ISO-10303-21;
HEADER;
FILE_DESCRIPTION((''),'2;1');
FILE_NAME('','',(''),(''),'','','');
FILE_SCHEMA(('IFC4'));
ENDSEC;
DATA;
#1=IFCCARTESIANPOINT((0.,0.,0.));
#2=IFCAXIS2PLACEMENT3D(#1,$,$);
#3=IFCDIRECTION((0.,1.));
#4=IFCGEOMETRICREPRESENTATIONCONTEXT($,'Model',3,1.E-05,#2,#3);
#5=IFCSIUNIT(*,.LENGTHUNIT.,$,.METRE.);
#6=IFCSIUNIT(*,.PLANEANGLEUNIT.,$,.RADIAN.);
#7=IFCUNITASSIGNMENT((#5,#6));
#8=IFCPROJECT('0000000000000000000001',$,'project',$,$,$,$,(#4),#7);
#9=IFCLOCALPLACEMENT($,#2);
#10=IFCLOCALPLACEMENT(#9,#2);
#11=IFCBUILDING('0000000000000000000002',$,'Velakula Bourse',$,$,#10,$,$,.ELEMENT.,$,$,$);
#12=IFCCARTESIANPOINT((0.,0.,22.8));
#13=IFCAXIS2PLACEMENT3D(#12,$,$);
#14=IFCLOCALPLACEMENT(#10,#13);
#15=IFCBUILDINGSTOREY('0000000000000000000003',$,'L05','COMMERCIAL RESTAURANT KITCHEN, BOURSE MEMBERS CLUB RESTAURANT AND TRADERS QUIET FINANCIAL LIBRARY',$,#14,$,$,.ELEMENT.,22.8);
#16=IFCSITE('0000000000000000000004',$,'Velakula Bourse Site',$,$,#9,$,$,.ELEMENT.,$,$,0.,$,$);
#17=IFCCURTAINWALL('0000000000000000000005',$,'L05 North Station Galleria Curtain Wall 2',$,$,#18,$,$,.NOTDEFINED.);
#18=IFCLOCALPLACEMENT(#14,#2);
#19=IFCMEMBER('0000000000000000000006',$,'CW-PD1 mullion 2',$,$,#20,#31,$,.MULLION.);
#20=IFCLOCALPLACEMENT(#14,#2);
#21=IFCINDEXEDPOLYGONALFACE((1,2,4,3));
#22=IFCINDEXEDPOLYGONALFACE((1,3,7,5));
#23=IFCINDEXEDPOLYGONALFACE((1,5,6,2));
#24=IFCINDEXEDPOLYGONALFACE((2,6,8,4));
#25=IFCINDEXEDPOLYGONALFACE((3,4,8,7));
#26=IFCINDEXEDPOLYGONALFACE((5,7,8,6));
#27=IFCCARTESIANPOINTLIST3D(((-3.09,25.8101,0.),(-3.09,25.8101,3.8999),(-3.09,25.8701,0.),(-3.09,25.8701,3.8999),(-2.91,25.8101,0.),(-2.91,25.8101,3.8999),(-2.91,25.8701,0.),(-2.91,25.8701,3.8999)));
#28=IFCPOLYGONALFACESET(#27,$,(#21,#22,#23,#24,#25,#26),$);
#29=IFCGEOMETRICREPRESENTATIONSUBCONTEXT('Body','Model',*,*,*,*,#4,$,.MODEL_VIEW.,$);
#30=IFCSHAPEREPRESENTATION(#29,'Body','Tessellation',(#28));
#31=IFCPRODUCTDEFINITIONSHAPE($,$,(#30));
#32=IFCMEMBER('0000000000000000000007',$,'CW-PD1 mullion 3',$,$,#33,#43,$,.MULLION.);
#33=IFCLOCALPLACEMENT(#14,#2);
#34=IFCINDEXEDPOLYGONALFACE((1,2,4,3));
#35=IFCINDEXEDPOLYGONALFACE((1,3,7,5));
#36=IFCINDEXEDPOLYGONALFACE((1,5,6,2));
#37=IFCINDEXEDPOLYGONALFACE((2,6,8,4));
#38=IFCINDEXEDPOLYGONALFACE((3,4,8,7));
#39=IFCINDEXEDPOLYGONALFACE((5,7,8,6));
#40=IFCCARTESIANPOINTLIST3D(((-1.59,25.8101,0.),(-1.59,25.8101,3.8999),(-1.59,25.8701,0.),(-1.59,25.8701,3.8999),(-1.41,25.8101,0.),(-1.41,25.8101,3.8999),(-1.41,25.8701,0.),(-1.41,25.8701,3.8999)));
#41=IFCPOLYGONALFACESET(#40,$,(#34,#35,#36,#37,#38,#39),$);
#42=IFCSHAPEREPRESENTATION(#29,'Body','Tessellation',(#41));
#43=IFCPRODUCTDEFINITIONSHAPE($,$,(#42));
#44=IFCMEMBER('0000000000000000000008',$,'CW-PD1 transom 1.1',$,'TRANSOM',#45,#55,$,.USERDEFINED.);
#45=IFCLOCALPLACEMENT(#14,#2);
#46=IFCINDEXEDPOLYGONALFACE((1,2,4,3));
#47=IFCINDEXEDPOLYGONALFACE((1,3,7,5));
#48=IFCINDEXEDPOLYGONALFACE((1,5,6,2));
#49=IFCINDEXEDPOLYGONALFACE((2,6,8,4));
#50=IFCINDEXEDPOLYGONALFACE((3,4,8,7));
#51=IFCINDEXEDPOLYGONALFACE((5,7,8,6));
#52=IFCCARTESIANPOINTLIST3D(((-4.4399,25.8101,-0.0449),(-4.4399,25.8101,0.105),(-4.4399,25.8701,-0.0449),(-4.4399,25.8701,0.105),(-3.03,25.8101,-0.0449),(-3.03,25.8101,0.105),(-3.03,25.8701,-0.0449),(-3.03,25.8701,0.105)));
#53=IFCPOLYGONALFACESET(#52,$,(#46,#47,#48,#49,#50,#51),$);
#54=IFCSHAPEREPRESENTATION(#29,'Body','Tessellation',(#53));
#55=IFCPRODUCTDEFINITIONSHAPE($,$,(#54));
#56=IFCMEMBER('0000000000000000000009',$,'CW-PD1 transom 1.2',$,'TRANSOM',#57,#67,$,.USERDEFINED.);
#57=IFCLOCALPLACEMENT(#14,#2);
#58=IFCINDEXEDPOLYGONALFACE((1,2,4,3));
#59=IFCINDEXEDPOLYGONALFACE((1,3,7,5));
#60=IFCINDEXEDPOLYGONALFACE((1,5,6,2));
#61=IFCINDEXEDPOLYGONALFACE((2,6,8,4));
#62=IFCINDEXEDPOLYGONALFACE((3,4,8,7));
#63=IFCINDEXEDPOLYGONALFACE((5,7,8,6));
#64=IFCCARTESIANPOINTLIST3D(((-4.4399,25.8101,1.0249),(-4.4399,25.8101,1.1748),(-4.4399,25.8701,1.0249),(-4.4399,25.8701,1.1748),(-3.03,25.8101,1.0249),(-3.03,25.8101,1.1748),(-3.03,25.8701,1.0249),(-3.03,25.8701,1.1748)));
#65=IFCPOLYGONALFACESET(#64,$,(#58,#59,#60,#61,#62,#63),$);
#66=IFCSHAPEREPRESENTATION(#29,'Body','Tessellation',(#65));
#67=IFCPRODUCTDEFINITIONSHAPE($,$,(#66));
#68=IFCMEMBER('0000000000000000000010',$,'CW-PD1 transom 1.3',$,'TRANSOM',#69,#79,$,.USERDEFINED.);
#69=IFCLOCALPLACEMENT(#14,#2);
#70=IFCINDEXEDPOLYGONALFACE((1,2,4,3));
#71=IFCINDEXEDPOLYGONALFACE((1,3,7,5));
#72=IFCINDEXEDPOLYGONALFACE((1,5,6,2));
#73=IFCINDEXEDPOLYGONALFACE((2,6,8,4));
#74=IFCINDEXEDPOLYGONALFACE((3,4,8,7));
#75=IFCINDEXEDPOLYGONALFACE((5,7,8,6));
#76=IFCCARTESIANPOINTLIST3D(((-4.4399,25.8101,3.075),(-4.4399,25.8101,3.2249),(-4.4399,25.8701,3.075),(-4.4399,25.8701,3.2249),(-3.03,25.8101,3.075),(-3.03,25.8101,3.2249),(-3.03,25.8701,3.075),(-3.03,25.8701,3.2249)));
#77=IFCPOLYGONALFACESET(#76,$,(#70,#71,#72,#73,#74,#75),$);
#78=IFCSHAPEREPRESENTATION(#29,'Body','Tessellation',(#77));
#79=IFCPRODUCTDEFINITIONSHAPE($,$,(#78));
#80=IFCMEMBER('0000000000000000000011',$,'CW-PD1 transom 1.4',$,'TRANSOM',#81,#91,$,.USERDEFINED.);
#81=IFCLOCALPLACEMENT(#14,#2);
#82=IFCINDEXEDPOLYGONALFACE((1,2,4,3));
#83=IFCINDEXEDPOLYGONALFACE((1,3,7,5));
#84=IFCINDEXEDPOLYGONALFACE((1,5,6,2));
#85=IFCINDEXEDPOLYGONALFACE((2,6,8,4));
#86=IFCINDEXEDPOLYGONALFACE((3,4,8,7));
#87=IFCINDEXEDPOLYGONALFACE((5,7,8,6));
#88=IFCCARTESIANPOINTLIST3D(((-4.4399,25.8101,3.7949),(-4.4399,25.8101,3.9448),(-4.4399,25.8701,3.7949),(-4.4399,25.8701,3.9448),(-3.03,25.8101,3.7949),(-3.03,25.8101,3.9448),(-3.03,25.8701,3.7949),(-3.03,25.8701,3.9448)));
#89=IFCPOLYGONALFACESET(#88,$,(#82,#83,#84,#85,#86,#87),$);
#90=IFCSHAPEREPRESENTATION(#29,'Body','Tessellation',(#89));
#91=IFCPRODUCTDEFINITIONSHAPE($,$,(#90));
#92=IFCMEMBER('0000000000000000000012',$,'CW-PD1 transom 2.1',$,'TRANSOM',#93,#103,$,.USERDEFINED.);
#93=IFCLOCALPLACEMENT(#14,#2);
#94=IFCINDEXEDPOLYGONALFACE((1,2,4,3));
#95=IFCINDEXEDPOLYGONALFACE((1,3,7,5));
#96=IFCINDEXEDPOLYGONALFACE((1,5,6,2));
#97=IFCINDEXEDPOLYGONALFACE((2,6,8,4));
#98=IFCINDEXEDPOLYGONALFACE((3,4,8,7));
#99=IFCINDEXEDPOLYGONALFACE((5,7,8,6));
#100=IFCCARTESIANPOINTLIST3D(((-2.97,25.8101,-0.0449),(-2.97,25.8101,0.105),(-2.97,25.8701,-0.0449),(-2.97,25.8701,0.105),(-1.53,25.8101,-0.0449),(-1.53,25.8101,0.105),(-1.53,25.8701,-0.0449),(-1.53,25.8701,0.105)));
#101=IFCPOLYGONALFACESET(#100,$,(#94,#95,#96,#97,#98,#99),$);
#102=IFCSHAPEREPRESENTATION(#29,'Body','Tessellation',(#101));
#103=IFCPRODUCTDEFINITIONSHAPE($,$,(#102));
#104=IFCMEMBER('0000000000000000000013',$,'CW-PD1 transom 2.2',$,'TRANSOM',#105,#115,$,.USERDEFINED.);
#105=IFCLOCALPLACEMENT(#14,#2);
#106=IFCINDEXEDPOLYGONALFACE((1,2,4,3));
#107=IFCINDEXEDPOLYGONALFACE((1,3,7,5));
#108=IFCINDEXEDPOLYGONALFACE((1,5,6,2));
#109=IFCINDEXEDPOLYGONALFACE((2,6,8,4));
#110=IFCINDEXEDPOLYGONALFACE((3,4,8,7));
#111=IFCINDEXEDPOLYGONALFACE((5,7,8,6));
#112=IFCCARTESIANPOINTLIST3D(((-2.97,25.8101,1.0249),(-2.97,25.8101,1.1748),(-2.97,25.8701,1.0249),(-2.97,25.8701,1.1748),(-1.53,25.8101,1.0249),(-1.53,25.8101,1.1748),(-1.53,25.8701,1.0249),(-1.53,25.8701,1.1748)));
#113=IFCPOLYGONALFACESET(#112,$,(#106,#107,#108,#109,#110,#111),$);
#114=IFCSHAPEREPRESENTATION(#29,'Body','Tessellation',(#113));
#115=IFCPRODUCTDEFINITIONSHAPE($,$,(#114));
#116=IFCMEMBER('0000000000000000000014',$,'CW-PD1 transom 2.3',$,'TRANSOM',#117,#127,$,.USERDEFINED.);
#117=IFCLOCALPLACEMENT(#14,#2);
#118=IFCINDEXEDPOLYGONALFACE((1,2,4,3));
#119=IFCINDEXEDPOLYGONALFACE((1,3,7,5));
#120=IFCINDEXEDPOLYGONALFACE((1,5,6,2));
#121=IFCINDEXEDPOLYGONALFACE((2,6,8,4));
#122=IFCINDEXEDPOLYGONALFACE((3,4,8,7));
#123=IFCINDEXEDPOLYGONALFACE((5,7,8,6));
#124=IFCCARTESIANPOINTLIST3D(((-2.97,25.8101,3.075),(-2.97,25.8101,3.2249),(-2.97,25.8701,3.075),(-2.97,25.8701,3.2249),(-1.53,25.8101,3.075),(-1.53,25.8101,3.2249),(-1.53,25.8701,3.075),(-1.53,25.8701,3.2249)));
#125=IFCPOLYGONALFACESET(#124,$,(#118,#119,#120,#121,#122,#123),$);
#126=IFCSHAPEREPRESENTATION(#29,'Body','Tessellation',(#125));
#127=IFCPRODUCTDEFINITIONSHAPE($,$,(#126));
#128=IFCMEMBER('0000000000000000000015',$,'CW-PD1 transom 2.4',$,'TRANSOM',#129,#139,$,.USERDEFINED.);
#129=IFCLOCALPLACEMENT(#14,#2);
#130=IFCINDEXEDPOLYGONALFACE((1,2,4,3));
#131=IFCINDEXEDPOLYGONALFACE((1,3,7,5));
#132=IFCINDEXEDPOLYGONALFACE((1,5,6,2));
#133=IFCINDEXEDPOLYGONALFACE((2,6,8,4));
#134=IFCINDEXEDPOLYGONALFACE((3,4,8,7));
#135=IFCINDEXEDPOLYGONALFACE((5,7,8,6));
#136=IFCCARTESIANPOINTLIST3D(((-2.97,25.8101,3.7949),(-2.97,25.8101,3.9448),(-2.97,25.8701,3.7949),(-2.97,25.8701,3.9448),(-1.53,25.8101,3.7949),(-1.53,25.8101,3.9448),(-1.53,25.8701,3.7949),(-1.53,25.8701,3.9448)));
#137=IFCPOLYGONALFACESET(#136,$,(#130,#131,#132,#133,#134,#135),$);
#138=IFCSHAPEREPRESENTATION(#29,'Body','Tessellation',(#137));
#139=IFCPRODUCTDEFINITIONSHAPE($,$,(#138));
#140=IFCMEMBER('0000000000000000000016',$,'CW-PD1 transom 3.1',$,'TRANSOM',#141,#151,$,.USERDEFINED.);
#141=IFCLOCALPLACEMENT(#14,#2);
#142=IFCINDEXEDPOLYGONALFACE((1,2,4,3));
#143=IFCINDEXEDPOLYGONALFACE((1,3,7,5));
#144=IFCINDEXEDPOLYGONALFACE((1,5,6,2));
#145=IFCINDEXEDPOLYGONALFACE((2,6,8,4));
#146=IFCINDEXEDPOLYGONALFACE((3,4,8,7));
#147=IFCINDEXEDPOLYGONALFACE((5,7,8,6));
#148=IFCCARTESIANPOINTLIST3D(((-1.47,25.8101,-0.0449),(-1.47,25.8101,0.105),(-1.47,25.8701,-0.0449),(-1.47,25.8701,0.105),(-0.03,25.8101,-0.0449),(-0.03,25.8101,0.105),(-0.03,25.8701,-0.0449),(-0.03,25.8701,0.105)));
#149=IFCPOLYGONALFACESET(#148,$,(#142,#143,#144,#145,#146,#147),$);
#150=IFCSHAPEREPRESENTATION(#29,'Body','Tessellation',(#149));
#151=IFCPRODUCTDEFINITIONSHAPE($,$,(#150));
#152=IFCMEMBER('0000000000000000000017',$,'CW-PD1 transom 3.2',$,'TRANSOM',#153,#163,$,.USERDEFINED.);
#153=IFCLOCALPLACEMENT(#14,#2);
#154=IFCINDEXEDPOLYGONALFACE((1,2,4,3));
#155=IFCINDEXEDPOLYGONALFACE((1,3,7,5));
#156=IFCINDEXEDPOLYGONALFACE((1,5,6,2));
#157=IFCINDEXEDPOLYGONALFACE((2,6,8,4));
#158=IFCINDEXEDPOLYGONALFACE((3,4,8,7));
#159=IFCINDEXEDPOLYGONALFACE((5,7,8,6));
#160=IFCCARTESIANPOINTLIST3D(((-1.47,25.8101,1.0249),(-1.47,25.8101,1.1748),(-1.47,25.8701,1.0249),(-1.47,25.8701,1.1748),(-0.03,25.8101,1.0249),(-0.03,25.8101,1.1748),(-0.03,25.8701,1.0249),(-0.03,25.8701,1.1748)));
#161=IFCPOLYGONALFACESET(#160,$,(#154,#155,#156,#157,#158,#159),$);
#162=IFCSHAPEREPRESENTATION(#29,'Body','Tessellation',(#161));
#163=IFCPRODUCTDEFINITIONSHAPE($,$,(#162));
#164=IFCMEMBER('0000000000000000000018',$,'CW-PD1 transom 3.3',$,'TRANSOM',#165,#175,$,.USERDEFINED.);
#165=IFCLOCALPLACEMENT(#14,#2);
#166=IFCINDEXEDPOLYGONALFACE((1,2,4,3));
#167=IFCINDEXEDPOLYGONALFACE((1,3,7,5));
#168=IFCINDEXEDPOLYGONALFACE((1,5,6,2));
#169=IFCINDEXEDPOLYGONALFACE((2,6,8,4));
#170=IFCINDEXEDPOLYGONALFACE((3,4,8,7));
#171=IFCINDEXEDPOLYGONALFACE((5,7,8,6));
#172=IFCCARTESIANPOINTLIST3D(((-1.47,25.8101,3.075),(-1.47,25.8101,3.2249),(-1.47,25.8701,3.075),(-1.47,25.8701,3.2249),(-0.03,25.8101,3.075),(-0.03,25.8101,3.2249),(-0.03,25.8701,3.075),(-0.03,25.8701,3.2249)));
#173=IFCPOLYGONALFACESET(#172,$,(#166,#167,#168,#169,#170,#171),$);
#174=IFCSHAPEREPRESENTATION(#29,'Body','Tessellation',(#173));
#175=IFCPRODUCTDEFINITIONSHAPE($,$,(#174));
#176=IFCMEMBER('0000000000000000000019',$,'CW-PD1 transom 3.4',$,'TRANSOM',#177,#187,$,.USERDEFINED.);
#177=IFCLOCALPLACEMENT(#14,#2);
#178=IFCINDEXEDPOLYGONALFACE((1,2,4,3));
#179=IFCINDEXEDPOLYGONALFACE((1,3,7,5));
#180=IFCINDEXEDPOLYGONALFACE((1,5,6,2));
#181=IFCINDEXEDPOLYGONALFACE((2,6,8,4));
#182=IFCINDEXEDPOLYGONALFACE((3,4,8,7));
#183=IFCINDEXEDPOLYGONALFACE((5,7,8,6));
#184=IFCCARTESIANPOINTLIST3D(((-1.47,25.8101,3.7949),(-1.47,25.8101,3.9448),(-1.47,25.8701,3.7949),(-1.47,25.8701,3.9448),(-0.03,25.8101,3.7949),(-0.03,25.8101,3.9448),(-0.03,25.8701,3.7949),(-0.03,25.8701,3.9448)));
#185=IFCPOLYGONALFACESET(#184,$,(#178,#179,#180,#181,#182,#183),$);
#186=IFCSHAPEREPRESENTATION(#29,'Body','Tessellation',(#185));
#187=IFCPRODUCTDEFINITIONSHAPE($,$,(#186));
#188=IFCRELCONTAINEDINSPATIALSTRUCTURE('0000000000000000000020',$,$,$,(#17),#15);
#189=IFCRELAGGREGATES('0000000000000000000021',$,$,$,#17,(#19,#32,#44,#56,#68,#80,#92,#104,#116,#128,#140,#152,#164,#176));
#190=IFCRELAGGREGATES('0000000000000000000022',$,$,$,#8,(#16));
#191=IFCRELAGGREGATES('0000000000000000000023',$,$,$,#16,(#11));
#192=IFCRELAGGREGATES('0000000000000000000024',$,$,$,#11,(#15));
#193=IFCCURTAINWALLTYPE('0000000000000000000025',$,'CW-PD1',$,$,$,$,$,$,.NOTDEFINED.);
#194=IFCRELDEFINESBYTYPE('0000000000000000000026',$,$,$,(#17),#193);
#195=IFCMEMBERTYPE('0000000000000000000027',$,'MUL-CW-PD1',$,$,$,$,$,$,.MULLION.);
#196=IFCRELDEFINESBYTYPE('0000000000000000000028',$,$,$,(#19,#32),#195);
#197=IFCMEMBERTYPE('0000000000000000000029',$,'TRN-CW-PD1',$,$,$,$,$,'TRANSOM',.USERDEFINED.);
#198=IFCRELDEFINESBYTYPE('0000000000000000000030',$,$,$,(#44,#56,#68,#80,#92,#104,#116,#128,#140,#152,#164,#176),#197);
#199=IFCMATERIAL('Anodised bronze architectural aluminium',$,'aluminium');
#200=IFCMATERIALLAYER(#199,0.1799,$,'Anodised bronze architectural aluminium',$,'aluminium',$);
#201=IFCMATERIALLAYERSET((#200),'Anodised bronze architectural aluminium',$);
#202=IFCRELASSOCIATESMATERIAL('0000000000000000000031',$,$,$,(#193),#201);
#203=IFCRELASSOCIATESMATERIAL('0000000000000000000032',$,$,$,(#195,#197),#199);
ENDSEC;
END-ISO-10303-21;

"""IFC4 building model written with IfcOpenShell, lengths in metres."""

from ifc_helpers import new_model, si_unit, direction, frame, origin, origin_2d, place, context, subcontext, project, spatial, rectangle, extrude, material, layer, layer_set, material_profile, profile_set, type_object, element, aggregate, save


model = new_model("IFC4")

# Units and contexts
model_context = context("Model", 3, precision=1e-05, world=origin(), true_north=direction((0.0, 1.0)))
body_context = subcontext(model_context, "Body", "Model", "MODEL_VIEW")
ifc_project = project(units=[si_unit("LENGTHUNIT", "METRE"), si_unit("PLANEANGLEUNIT", "RADIAN")], contexts=[model_context])

# Site, building, storey
site_placement = place(None, origin())
site = spatial("IfcSite", under=ifc_project, at=site_placement, Name="Velakula Bourse Site", CompositionType="ELEMENT", RefElevation=0.0)
building_placement = place(site_placement, origin())
building = spatial("IfcBuilding", under=site, at=building_placement, Name="Velakula Bourse", CompositionType="ELEMENT")
storey_placement = place(building_placement, frame((0.0, 0.0, 22.8)))
storey = spatial("IfcBuildingStorey", under=building, at=storey_placement, Name="L05", Description="COMMERCIAL RESTAURANT KITCHEN, BOURSE MEMBERS CLUB RESTAURANT AND TRADERS QUIET FINANCIAL LIBRARY", CompositionType="ELEMENT", Elevation=22.8)

# Curtain wall, members
ifc_material_1 = material(Name="Anodised bronze architectural aluminium", Category="aluminium")
ifc_layer_1 = layer(ifc_material_1, 0.1799, Name="Anodised bronze architectural aluminium", Category="aluminium")
ifc_layer_set_1 = layer_set([ifc_layer_1], Name="Anodised bronze architectural aluminium")
curtain_wall_type = type_object("IfcCurtainWallType", Name="CW-PD1", PredefinedType="NOTDEFINED", material=ifc_layer_set_1)
curtain_wall_placement = place(storey_placement, origin())
curtain_wall = element("IfcCurtainWall", 1, at=curtain_wall_placement, inside=storey, type_object=curtain_wall_type, Name="L05 North Station Galleria Curtain Wall 2", PredefinedType="NOTDEFINED")
ifc_material_profile_1 = material_profile(ifc_material_1, rectangle(XDim=0.0601, YDim=0.1799, at=origin_2d()), Name="Anodised bronze architectural aluminium")
ifc_profile_set_1 = profile_set([ifc_material_profile_1], Name="Anodised bronze architectural aluminium")
member_type_1 = type_object("IfcMemberType", Name="MUL-CW-PD1", PredefinedType="MULLION", material=ifc_profile_set_1)
member_1_placement = place(storey_placement, frame((-3.0, 25.8401, 0.0), z_axis=(0.0, 0.0, 1.0), x_axis=(0.0, 1.0, 0.0)))
member_1 = element("IfcMember", 2, at=member_1_placement, type_object=member_type_1, Name="CW-PD1 mullion 2", PredefinedType="MULLION", context=body_context, shape_type="SweptSolid", body=[
    extrude(rectangle(XDim=0.0601, YDim=0.1799, at=origin_2d()), origin(), (0.0, 0.0, 1.0), 3.8999),
])
member_2_placement = place(storey_placement, frame((-1.5, 25.8401, 0.0), z_axis=(0.0, 0.0, 1.0), x_axis=(0.0, 1.0, 0.0)))
member_2 = element("IfcMember", 3, at=member_2_placement, type_object=member_type_1, Name="CW-PD1 mullion 3", PredefinedType="MULLION", context=body_context, shape_type="SweptSolid", body=[
    extrude(rectangle(XDim=0.0601, YDim=0.1799, at=origin_2d()), origin(), (0.0, 0.0, 1.0), 3.8999),
])
ifc_material_profile_2 = material_profile(ifc_material_1, rectangle(XDim=0.0601, YDim=0.1499, at=origin_2d()), Name="Anodised bronze architectural aluminium")
ifc_profile_set_2 = profile_set([ifc_material_profile_2], Name="Anodised bronze architectural aluminium")
member_type_2 = type_object("IfcMemberType", Name="TRN-CW-PD1", ElementType="TRANSOM", PredefinedType="USERDEFINED", material=ifc_profile_set_2)
member_3_placement = place(storey_placement, frame((-4.4399, 25.8401, 0.03), z_axis=(1.0, 0.0, 0.0), x_axis=(0.0, 1.0, 0.0)))
member_3 = element("IfcMember", 4, at=member_3_placement, type_object=member_type_2, Name="CW-PD1 transom 1.1", ObjectType="TRANSOM", PredefinedType="USERDEFINED", context=body_context, shape_type="SweptSolid", body=[
    extrude(rectangle(XDim=0.0601, YDim=0.1499, at=origin_2d()), origin(), (0.0, 0.0, 1.0), 1.4099),
])
member_4_placement = place(storey_placement, frame((-4.4399, 25.8401, 1.0999), z_axis=(1.0, 0.0, 0.0), x_axis=(0.0, 1.0, 0.0)))
member_4 = element("IfcMember", 5, at=member_4_placement, type_object=member_type_2, Name="CW-PD1 transom 1.2", ObjectType="TRANSOM", PredefinedType="USERDEFINED", context=body_context, shape_type="SweptSolid", body=[
    extrude(rectangle(XDim=0.0601, YDim=0.1499, at=origin_2d()), origin(), (0.0, 0.0, 1.0), 1.4099),
])
member_5_placement = place(storey_placement, frame((-4.4399, 25.8401, 3.1499), z_axis=(1.0, 0.0, 0.0), x_axis=(0.0, 1.0, 0.0)))
member_5 = element("IfcMember", 6, at=member_5_placement, type_object=member_type_2, Name="CW-PD1 transom 1.3", ObjectType="TRANSOM", PredefinedType="USERDEFINED", context=body_context, shape_type="SweptSolid", body=[
    extrude(rectangle(XDim=0.0601, YDim=0.1499, at=origin_2d()), origin(), (0.0, 0.0, 1.0), 1.4099),
])
member_6_placement = place(storey_placement, frame((-4.4399, 25.8401, 3.8699), z_axis=(1.0, 0.0, 0.0), x_axis=(0.0, 1.0, 0.0)))
member_6 = element("IfcMember", 7, at=member_6_placement, type_object=member_type_2, Name="CW-PD1 transom 1.4", ObjectType="TRANSOM", PredefinedType="USERDEFINED", context=body_context, shape_type="SweptSolid", body=[
    extrude(rectangle(XDim=0.0601, YDim=0.1499, at=origin_2d()), origin(), (0.0, 0.0, 1.0), 1.4099),
])
member_7_placement = place(storey_placement, frame((-2.97, 25.8401, 0.03), z_axis=(1.0, 0.0, 0.0), x_axis=(0.0, 1.0, 0.0)))
member_7 = element("IfcMember", 8, at=member_7_placement, type_object=member_type_2, Name="CW-PD1 transom 2.1", ObjectType="TRANSOM", PredefinedType="USERDEFINED", context=body_context, shape_type="SweptSolid", body=[
    extrude(rectangle(XDim=0.0601, YDim=0.1499, at=origin_2d()), origin(), (0.0, 0.0, 1.0), 1.4399),
])
member_8_placement = place(storey_placement, frame((-2.97, 25.8401, 1.0999), z_axis=(1.0, 0.0, 0.0), x_axis=(0.0, 1.0, 0.0)))
member_8 = element("IfcMember", 9, at=member_8_placement, type_object=member_type_2, Name="CW-PD1 transom 2.2", ObjectType="TRANSOM", PredefinedType="USERDEFINED", context=body_context, shape_type="SweptSolid", body=[
    extrude(rectangle(XDim=0.0601, YDim=0.1499, at=origin_2d()), origin(), (0.0, 0.0, 1.0), 1.4399),
])
member_9_placement = place(storey_placement, frame((-2.97, 25.8401, 3.1499), z_axis=(1.0, 0.0, 0.0), x_axis=(0.0, 1.0, 0.0)))
member_9 = element("IfcMember", 10, at=member_9_placement, type_object=member_type_2, Name="CW-PD1 transom 2.3", ObjectType="TRANSOM", PredefinedType="USERDEFINED", context=body_context, shape_type="SweptSolid", body=[
    extrude(rectangle(XDim=0.0601, YDim=0.1499, at=origin_2d()), origin(), (0.0, 0.0, 1.0), 1.4399),
])
member_10_placement = place(storey_placement, frame((-2.97, 25.8401, 3.8699), z_axis=(1.0, 0.0, 0.0), x_axis=(0.0, 1.0, 0.0)))
member_10 = element("IfcMember", 11, at=member_10_placement, type_object=member_type_2, Name="CW-PD1 transom 2.4", ObjectType="TRANSOM", PredefinedType="USERDEFINED", context=body_context, shape_type="SweptSolid", body=[
    extrude(rectangle(XDim=0.0601, YDim=0.1499, at=origin_2d()), origin(), (0.0, 0.0, 1.0), 1.4399),
])
member_11_placement = place(storey_placement, frame((-1.47, 25.8401, 0.03), z_axis=(1.0, 0.0, 0.0), x_axis=(0.0, 1.0, 0.0)))
member_11 = element("IfcMember", 12, at=member_11_placement, type_object=member_type_2, Name="CW-PD1 transom 3.1", ObjectType="TRANSOM", PredefinedType="USERDEFINED", context=body_context, shape_type="SweptSolid", body=[
    extrude(rectangle(XDim=0.0601, YDim=0.1499, at=origin_2d()), origin(), (0.0, 0.0, 1.0), 1.4399),
])
member_12_placement = place(storey_placement, frame((-1.47, 25.8401, 1.0999), z_axis=(1.0, 0.0, 0.0), x_axis=(0.0, 1.0, 0.0)))
member_12 = element("IfcMember", 13, at=member_12_placement, type_object=member_type_2, Name="CW-PD1 transom 3.2", ObjectType="TRANSOM", PredefinedType="USERDEFINED", context=body_context, shape_type="SweptSolid", body=[
    extrude(rectangle(XDim=0.0601, YDim=0.1499, at=origin_2d()), origin(), (0.0, 0.0, 1.0), 1.4399),
])
member_13_placement = place(storey_placement, frame((-1.47, 25.8401, 3.1499), z_axis=(1.0, 0.0, 0.0), x_axis=(0.0, 1.0, 0.0)))
member_13 = element("IfcMember", 14, at=member_13_placement, type_object=member_type_2, Name="CW-PD1 transom 3.3", ObjectType="TRANSOM", PredefinedType="USERDEFINED", context=body_context, shape_type="SweptSolid", body=[
    extrude(rectangle(XDim=0.0601, YDim=0.1499, at=origin_2d()), origin(), (0.0, 0.0, 1.0), 1.4399),
])
member_14_placement = place(storey_placement, frame((-1.47, 25.8401, 3.8699), z_axis=(1.0, 0.0, 0.0), x_axis=(0.0, 1.0, 0.0)))
member_14 = element("IfcMember", 15, at=member_14_placement, type_object=member_type_2, Name="CW-PD1 transom 3.4", ObjectType="TRANSOM", PredefinedType="USERDEFINED", context=body_context, shape_type="SweptSolid", body=[
    extrude(rectangle(XDim=0.0601, YDim=0.1499, at=origin_2d()), origin(), (0.0, 0.0, 1.0), 1.4399),
])
aggregate(curtain_wall, [member_1, member_2, member_3, member_4, member_5, member_6, member_7, member_8, member_9, member_10, member_11, member_12, member_13, member_14])

save(model, "model.ifc")
